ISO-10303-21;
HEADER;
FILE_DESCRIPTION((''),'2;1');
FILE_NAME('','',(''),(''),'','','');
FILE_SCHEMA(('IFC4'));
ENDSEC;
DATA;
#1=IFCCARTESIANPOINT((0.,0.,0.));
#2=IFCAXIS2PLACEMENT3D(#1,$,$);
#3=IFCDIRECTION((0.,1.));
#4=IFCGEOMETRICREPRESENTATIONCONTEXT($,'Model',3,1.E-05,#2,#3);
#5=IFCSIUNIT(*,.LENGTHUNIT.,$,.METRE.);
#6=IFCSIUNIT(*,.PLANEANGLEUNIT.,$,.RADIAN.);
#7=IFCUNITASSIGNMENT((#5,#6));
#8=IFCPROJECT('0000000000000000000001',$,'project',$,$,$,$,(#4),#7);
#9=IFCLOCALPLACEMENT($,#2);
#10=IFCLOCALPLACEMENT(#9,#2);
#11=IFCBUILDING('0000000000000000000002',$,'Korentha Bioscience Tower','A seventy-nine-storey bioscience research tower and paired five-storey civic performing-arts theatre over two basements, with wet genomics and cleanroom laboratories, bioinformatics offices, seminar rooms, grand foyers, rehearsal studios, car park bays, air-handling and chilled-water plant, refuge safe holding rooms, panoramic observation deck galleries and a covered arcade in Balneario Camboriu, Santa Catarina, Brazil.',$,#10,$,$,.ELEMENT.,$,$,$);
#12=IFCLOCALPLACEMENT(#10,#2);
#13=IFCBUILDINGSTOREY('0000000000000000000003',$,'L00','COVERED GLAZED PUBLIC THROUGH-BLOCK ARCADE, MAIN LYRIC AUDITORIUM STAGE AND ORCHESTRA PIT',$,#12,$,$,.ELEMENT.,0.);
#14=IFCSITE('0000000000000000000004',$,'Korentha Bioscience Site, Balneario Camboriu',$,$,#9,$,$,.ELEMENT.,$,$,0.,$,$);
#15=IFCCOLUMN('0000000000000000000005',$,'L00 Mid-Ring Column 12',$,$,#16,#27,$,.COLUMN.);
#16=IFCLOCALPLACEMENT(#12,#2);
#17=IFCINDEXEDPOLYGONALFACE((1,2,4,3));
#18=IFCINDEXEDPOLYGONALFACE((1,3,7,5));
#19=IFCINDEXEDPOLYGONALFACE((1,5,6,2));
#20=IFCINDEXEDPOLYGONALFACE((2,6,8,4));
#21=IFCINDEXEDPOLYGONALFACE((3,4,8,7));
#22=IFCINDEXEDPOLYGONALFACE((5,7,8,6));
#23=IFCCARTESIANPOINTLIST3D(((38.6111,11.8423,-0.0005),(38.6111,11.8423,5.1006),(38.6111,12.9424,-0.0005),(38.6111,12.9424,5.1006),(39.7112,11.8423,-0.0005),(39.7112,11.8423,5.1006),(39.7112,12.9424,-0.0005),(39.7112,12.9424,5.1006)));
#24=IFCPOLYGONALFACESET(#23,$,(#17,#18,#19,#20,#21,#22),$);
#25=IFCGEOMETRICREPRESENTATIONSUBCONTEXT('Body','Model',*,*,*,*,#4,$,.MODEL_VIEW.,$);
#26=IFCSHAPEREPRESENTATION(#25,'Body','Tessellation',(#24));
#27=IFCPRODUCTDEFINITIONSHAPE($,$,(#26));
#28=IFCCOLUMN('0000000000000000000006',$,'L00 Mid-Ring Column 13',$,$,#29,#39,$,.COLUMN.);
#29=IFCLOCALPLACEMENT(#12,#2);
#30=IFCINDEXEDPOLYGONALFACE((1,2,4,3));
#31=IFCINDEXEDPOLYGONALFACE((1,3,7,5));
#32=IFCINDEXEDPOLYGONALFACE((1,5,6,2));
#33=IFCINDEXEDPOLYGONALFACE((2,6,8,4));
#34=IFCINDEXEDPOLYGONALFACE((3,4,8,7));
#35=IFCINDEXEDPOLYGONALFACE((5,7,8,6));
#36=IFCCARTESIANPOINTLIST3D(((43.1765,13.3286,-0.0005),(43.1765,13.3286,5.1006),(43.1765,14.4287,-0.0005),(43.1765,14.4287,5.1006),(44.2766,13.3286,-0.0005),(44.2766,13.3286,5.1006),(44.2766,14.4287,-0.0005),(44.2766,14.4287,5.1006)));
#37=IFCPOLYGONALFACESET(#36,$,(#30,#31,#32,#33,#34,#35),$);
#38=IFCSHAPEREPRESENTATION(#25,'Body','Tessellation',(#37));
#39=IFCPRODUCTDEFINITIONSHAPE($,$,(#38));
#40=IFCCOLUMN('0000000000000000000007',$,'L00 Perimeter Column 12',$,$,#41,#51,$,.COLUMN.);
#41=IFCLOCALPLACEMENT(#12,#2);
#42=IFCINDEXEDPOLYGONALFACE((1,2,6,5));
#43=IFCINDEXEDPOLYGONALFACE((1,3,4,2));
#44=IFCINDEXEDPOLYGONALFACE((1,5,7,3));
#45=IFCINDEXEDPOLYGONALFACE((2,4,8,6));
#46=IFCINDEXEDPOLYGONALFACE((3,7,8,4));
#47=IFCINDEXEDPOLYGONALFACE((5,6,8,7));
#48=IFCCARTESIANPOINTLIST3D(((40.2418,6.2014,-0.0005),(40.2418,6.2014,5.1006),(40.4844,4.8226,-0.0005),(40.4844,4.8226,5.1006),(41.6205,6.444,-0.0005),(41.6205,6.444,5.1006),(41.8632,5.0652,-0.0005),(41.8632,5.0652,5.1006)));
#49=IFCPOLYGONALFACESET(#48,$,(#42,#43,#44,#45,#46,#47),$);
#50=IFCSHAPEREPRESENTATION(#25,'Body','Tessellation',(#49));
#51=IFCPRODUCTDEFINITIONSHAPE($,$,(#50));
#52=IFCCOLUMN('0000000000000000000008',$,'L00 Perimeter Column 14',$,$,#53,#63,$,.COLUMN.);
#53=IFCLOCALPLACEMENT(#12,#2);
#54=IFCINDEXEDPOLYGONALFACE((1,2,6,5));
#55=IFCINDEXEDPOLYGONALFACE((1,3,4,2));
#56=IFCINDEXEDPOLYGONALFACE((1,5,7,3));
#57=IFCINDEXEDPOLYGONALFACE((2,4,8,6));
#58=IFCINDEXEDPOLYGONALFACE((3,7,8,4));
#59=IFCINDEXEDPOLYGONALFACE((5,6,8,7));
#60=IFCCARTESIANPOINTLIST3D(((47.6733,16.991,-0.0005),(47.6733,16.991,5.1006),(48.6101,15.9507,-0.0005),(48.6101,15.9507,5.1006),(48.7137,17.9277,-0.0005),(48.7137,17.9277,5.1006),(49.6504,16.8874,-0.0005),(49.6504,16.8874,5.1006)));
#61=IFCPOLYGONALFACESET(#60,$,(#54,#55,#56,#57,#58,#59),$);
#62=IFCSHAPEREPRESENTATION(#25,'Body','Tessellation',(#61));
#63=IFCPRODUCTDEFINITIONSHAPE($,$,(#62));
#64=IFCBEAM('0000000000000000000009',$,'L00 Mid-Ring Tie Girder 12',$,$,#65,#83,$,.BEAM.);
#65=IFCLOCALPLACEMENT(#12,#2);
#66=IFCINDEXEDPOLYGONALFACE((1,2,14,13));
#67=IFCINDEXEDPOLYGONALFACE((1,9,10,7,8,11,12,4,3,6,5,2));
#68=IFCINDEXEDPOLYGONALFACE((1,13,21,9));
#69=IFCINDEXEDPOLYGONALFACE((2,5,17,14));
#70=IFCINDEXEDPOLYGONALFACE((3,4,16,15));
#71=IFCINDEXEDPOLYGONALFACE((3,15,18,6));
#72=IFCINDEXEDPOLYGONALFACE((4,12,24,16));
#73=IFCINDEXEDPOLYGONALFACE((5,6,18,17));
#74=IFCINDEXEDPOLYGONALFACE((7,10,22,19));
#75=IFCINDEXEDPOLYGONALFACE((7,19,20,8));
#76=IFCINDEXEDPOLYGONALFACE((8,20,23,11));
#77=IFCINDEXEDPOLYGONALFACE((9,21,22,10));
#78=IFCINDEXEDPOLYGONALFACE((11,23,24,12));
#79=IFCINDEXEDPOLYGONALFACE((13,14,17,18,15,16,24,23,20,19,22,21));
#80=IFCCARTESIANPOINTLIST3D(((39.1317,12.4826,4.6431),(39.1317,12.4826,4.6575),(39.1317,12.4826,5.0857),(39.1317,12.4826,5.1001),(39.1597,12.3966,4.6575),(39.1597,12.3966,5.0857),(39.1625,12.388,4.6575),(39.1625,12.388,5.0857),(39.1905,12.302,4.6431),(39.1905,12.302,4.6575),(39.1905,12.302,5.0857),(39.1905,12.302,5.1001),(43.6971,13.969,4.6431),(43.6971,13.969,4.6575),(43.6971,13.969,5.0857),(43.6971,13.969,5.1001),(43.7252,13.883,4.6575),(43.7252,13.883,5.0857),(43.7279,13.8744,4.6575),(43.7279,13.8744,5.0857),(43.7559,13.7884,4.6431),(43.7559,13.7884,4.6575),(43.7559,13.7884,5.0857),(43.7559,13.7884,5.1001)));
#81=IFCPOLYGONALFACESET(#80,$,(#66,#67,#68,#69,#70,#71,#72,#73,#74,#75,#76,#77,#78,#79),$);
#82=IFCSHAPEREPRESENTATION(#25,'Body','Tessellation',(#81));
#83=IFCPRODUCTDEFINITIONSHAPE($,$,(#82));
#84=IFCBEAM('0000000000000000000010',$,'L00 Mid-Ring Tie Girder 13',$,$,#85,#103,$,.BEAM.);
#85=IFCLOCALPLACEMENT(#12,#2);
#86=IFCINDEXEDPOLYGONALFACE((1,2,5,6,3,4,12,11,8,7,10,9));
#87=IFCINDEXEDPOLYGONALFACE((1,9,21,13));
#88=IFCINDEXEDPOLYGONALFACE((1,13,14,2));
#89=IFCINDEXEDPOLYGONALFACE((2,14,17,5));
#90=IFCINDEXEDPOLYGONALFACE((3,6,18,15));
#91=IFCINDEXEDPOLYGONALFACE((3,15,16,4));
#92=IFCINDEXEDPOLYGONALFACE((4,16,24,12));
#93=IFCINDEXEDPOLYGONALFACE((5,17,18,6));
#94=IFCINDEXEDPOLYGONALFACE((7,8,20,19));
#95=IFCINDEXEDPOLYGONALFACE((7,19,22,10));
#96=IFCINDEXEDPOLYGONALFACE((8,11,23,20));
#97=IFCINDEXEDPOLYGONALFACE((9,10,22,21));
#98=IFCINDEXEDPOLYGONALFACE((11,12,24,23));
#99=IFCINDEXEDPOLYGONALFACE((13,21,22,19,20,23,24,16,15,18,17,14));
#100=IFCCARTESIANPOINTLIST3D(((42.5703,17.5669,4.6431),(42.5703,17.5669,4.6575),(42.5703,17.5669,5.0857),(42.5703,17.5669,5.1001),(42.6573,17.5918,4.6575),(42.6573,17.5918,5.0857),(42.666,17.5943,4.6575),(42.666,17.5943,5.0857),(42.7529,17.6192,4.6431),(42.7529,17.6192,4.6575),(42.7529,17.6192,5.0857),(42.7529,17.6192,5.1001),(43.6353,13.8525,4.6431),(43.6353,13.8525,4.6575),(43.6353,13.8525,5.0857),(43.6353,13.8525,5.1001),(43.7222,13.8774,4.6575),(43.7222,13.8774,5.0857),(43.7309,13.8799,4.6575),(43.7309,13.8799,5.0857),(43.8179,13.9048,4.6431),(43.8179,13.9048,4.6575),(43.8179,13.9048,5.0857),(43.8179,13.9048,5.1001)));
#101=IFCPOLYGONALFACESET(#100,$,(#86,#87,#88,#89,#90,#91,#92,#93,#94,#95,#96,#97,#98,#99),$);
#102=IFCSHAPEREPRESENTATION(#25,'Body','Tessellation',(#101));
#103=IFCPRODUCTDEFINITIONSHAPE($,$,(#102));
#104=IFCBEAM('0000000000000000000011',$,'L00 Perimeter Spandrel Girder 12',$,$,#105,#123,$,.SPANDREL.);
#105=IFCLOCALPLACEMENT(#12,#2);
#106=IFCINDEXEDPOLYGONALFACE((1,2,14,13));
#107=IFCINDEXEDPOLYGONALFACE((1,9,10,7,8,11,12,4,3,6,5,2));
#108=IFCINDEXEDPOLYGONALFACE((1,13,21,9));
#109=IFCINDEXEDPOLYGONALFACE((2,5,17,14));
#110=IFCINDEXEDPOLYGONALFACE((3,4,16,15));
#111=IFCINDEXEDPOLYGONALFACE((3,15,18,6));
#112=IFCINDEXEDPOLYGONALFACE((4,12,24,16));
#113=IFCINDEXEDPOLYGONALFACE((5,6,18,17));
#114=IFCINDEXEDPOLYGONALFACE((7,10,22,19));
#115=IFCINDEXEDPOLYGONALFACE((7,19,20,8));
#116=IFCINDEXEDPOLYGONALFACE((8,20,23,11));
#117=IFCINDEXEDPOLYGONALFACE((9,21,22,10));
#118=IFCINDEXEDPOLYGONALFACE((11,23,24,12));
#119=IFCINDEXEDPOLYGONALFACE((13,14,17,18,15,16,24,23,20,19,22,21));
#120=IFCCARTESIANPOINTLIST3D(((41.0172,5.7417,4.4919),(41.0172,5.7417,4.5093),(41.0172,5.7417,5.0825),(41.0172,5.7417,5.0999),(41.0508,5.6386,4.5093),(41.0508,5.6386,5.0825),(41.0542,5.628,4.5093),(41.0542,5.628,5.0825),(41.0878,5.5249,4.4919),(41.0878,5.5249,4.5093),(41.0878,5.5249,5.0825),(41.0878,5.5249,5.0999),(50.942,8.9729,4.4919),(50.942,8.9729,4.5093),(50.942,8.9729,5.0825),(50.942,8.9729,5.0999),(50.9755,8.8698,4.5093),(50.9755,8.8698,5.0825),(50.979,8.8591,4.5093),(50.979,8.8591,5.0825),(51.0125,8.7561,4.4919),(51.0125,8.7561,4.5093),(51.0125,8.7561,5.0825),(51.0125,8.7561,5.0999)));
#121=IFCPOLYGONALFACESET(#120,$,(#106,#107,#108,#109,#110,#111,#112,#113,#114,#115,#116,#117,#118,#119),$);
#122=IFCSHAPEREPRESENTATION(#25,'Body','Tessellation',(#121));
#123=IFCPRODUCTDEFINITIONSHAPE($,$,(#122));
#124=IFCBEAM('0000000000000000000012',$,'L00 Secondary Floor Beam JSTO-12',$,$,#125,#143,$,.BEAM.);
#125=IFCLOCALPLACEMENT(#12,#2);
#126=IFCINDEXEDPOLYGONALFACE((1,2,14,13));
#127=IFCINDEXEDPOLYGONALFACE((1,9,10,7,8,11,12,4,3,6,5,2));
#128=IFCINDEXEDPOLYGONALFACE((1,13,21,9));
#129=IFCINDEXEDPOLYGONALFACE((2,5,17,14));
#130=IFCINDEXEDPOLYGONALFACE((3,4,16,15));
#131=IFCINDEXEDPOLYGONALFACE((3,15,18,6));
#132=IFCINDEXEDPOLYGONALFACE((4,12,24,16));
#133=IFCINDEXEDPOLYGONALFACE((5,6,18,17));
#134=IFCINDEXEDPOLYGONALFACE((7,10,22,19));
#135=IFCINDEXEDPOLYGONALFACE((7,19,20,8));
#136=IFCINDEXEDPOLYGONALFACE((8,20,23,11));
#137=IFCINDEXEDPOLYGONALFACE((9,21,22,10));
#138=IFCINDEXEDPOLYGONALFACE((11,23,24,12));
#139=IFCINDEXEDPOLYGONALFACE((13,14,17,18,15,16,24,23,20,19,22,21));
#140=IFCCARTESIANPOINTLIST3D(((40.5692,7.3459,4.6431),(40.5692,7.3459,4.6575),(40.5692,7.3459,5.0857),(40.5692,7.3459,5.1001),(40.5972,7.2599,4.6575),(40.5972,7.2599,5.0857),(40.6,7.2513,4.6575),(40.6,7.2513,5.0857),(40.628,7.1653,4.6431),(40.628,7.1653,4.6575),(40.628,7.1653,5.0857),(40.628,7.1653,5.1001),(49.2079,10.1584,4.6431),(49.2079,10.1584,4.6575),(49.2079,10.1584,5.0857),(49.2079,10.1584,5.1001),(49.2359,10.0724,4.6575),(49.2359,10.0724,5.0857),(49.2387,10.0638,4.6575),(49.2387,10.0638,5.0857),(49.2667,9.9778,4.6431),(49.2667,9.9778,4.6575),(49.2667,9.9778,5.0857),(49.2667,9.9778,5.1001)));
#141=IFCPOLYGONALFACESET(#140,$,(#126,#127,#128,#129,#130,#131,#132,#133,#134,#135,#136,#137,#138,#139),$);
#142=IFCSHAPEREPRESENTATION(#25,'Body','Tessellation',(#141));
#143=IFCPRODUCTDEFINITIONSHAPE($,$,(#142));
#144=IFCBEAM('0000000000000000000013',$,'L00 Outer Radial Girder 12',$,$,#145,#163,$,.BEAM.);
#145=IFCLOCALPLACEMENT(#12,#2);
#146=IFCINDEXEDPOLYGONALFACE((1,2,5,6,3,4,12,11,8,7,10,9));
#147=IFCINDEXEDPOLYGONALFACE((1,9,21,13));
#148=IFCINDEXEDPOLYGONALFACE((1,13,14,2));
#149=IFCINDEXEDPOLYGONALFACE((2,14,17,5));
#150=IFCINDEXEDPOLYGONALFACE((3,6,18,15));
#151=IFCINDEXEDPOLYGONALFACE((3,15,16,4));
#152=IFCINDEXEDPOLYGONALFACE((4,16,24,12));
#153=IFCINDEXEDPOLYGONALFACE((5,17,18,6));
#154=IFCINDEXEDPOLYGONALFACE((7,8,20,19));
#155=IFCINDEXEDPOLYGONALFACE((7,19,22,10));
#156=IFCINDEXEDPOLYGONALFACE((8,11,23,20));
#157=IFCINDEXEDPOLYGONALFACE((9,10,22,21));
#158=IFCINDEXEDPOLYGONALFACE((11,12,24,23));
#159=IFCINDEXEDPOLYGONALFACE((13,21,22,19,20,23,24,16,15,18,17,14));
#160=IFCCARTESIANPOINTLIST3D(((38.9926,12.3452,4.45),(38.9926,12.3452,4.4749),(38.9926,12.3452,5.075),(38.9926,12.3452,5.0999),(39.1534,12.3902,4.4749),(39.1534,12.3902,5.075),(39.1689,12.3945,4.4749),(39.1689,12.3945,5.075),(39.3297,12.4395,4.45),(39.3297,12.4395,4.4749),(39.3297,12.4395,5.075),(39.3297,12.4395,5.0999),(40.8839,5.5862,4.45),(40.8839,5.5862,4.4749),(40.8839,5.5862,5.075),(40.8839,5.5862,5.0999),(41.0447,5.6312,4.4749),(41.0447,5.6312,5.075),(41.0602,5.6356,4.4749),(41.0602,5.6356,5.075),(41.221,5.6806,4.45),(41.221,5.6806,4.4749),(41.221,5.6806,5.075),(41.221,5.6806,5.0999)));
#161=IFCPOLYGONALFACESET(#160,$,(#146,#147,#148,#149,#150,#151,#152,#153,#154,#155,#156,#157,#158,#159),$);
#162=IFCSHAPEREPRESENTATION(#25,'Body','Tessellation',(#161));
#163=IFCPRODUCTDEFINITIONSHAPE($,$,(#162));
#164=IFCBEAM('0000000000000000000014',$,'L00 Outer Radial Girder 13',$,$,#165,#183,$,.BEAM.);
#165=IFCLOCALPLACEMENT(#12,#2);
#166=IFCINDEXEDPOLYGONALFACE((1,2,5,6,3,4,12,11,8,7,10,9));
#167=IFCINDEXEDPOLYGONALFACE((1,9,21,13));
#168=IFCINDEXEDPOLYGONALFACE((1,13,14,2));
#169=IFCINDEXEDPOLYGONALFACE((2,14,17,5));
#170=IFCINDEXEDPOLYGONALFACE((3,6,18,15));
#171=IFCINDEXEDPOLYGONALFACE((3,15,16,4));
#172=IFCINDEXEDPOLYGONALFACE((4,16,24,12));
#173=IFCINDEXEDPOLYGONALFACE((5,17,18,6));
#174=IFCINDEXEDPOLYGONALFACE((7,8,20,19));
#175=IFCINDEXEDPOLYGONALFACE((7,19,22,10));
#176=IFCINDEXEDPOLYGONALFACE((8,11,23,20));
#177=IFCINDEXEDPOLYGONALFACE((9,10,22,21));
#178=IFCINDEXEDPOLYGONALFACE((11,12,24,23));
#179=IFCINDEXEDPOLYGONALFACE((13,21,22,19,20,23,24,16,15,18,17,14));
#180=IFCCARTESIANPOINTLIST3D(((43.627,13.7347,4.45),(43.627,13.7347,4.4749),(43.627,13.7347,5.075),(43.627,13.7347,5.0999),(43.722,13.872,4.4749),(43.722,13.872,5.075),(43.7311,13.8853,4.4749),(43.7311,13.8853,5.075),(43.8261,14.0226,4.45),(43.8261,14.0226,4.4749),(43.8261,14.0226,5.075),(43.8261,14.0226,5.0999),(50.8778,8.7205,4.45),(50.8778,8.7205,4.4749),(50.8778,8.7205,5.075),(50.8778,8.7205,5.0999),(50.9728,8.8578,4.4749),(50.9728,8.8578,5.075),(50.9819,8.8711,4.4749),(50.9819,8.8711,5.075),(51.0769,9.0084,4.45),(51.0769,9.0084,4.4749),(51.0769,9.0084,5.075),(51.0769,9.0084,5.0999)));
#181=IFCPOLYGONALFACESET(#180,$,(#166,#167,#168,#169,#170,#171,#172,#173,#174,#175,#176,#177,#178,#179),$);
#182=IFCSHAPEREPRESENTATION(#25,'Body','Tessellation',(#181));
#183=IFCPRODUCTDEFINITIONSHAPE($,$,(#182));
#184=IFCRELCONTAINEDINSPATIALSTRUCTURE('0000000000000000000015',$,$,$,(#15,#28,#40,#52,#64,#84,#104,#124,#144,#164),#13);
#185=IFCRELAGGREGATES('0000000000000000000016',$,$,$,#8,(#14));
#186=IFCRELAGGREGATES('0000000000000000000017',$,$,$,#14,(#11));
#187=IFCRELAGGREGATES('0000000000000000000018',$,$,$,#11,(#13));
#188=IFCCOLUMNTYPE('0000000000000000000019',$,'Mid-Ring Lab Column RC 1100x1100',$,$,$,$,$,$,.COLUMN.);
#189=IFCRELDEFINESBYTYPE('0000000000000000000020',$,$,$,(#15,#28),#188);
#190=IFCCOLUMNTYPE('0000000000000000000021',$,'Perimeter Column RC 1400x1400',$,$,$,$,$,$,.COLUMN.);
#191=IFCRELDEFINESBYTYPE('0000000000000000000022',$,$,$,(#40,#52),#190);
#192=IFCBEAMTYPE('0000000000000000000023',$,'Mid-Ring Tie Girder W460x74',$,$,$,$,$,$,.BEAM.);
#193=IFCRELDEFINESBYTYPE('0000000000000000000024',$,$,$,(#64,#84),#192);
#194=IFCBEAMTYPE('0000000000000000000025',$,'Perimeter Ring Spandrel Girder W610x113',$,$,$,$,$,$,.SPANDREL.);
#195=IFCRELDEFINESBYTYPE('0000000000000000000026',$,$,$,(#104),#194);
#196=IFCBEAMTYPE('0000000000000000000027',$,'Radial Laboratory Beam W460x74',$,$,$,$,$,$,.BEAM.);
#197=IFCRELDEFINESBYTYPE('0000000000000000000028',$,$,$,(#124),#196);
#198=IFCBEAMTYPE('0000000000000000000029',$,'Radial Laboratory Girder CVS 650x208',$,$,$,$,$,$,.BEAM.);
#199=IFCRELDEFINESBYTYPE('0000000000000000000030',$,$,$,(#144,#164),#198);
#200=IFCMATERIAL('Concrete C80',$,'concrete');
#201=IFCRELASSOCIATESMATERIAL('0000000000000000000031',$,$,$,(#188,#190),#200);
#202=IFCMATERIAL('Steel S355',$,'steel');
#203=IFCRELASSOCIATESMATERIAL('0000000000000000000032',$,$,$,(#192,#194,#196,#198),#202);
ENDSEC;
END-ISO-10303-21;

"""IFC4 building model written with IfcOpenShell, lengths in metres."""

from ifc_helpers import new_model, si_unit, direction, frame, origin, origin_2d, place, context, subcontext, project, spatial, rectangle, i_section, extrude, material, material_profile, profile_set, type_object, element, save


model = new_model("IFC4")

# Units and contexts
model_context = context("Model", 3, precision=1e-05, world=origin(), true_north=direction((0.0, 1.0)))
body_context = subcontext(model_context, "Body", "Model", "MODEL_VIEW")
ifc_project = project(units=[si_unit("LENGTHUNIT", "METRE"), si_unit("PLANEANGLEUNIT", "RADIAN")], contexts=[model_context])

# Site, building, storey
site_placement = place(None, origin())
site = spatial("IfcSite", under=ifc_project, at=site_placement, Name="Korentha Bioscience Site, Balneario Camboriu", CompositionType="ELEMENT", RefElevation=0.0)
building_placement = place(site_placement, origin())
building = spatial("IfcBuilding", under=site, at=building_placement, Name="Korentha Bioscience Tower", Description="A seventy-nine-storey bioscience research tower and paired five-storey civic performing-arts theatre over two basements, with wet genomics and cleanroom laboratories, bioinformatics offices, seminar rooms, grand foyers, rehearsal studios, car park bays, air-handling and chilled-water plant, refuge safe holding rooms, panoramic observation deck galleries and a covered arcade in Balneario Camboriu, Santa Catarina, Brazil.", CompositionType="ELEMENT")
storey_placement = place(building_placement, origin())
storey = spatial("IfcBuildingStorey", under=building, at=storey_placement, Name="L00", Description="COVERED GLAZED PUBLIC THROUGH-BLOCK ARCADE, MAIN LYRIC AUDITORIUM STAGE AND ORCHESTRA PIT", CompositionType="ELEMENT", Elevation=0.0)

# Columns
ifc_material_1 = material(Name="Concrete C80", Category="concrete")
ifc_material_profile_1 = material_profile(ifc_material_1, rectangle(XDim=1.1001, YDim=1.1001, at=origin_2d()), Name="Concrete C80")
ifc_profile_set_1 = profile_set([ifc_material_profile_1], Name="Concrete C80 (COL-MR11)")
column_type_1 = type_object("IfcColumnType", Name="Mid-Ring Lab Column RC 1100x1100", PredefinedType="COLUMN", material=ifc_profile_set_1)
for number, where, z_axis, x_axis, name in (
    (1, (39.1611, 12.3923, -0.0005), (0.0, 0.0, 1.0), (1.0, 0.0, 0.0), "L00 Mid-Ring Column 12"),
    (2, (43.7266, 13.8787, -0.0005), (0.0, 0.0, 1.0), (1.0, 0.0, 0.0), "L00 Mid-Ring Column 13"),
):
    element("IfcColumn", number, at=place(storey_placement, frame(where, z_axis=z_axis, x_axis=x_axis)), inside=storey, type_object=column_type_1, Name=name, PredefinedType="COLUMN", context=body_context, shape_type="SweptSolid", body=[
        extrude(rectangle(XDim=1.1001, YDim=1.1001, at=origin_2d()), origin(), (0.0, 0.0, 1.0), 5.1011),
    ])
ifc_material_profile_2 = material_profile(ifc_material_1, rectangle(XDim=1.3999, YDim=1.3999, at=origin_2d()), Name="Concrete C80")
ifc_profile_set_2 = profile_set([ifc_material_profile_2], Name="Concrete C80 (COL-P14)")
column_type_2 = type_object("IfcColumnType", Name="Perimeter Column RC 1400x1400", PredefinedType="COLUMN", material=ifc_profile_set_2)
for number, where, z_axis, x_axis, name in (
    (3, (41.0525, 5.6333, -0.0005), (0.0, 0.0, 1.0), (0.984868, 0.173304, 0.0), "L00 Perimeter Column 12"),
    (4, (48.6619, 16.9392, -0.0005), (0.0, 0.0, 1.0), (-0.669131, 0.743145, 0.0), "L00 Perimeter Column 14"),
):
    element("IfcColumn", number, at=place(storey_placement, frame(where, z_axis=z_axis, x_axis=x_axis)), inside=storey, type_object=column_type_2, Name=name, PredefinedType="COLUMN", context=body_context, shape_type="SweptSolid", body=[
        extrude(rectangle(XDim=1.3999, YDim=1.3999, at=origin_2d()), origin(), (0.0, 0.0, 1.0), 5.1011),
    ])

# Beams
ifc_material_2 = material(Name="Steel S355", Category="steel")
ifc_material_profile_3 = material_profile(ifc_material_2, i_section(OverallWidth=0.1899, OverallDepth=0.457, WebThickness=0.009, FlangeThickness=0.0144, at=origin_2d()), Name="Steel S355")
ifc_profile_set_3 = profile_set([ifc_material_profile_3], Name="Steel S355 (MB-460)")
beam_type_1 = type_object("IfcBeamType", Name="Mid-Ring Tie Girder W460x74", PredefinedType="BEAM", material=ifc_profile_set_3)
beam_1_placement = place(storey_placement, frame((39.1611, 12.3923, 4.8716), z_axis=(0.950877, 0.309569, 0.0), x_axis=(-0.309569, 0.950877, 0.0)))
element("IfcBeam", 5, at=beam_1_placement, inside=storey, type_object=beam_type_1, Name="L00 Mid-Ring Tie Girder 12", PredefinedType="BEAM", context=body_context, shape_type="SweptSolid", body=[
    extrude(i_section(OverallWidth=0.1899, OverallDepth=0.457, WebThickness=0.009, FlangeThickness=0.0144, at=origin_2d()), origin(), (0.0, 0.0, 1.0), 4.8013),
])
beam_2_placement = place(storey_placement, frame((43.7266, 13.8787, 4.8716), z_axis=(-0.275606, 0.961271, 0.0), x_axis=(-0.961271, -0.275606, 0.0)))
element("IfcBeam", 6, at=beam_2_placement, inside=storey, type_object=beam_type_1, Name="L00 Mid-Ring Tie Girder 13", PredefinedType="BEAM", context=body_context, shape_type="SweptSolid", body=[
    extrude(i_section(OverallWidth=0.1899, OverallDepth=0.457, WebThickness=0.009, FlangeThickness=0.0144, at=origin_2d()), origin(), (0.0, 0.0, 1.0), 3.864),
])
ifc_material_profile_4 = material_profile(ifc_material_2, i_section(OverallWidth=0.228, OverallDepth=0.6079, WebThickness=0.0112, FlangeThickness=0.0173, at=origin_2d()), Name="Steel S355")
ifc_profile_set_4 = profile_set([ifc_material_profile_4], Name="Steel S355 (SB-610)")
beam_type_2 = type_object("IfcBeamType", Name="Perimeter Ring Spandrel Girder W610x113", PredefinedType="SPANDREL", material=ifc_profile_set_4)
beam_3_placement = place(storey_placement, frame((41.0525, 5.6333, 4.7959), z_axis=(0.950875, 0.309575, 0.0), x_axis=(-0.309575, 0.950875, 0.0)))
element("IfcBeam", 7, at=beam_3_placement, inside=storey, type_object=beam_type_2, Name="L00 Perimeter Spandrel Girder 12", PredefinedType="SPANDREL", context=body_context, shape_type="SweptSolid", body=[
    extrude(i_section(OverallWidth=0.228, OverallDepth=0.6079, WebThickness=0.0112, FlangeThickness=0.0173, at=origin_2d()), origin(), (0.0, 0.0, 1.0), 10.4375),
])
ifc_material_profile_5 = material_profile(ifc_material_2, i_section(OverallWidth=0.1899, OverallDepth=0.457, WebThickness=0.009, FlangeThickness=0.0144, at=origin_2d()), Name="Steel S355")
ifc_profile_set_5 = profile_set([ifc_material_profile_5], Name="Steel S355 (RB-460)")
beam_type_3 = type_object("IfcBeamType", Name="Radial Laboratory Beam W460x74", PredefinedType="BEAM", material=ifc_profile_set_5)
beam_4_placement = place(storey_placement, frame((40.5986, 7.2556, 4.8716), z_axis=(0.950874, 0.309577, 0.0), x_axis=(-0.309577, 0.950874, 0.0)))
element("IfcBeam", 8, at=beam_4_placement, inside=storey, type_object=beam_type_3, Name="L00 Secondary Floor Beam JSTO-12", PredefinedType="BEAM", context=body_context, shape_type="SweptSolid", body=[
    extrude(i_section(OverallWidth=0.1899, OverallDepth=0.457, WebThickness=0.009, FlangeThickness=0.0144, at=origin_2d()), origin(), (0.0, 0.0, 1.0), 9.085),
])
ifc_material_profile_6 = material_profile(ifc_material_2, i_section(OverallWidth=0.3501, OverallDepth=0.6499, WebThickness=0.0161, FlangeThickness=0.0249, at=origin_2d()), Name="Steel S355")
ifc_profile_set_6 = profile_set([ifc_material_profile_6], Name="Steel S355 (RB-650)")
beam_type_4 = type_object("IfcBeamType", Name="Radial Laboratory Girder CVS 650x208", PredefinedType="BEAM", material=ifc_profile_set_6)
beam_5_placement = place(storey_placement, frame((39.1611, 12.3923, 4.7749), z_axis=(0.269475, -0.963007, 0.0), x_axis=(0.963007, 0.269475, 0.0)))
element("IfcBeam", 9, at=beam_5_placement, inside=storey, type_object=beam_type_4, Name="L00 Outer Radial Girder 12", PredefinedType="BEAM", context=body_context, shape_type="SweptSolid", body=[
    extrude(i_section(OverallWidth=0.3501, OverallDepth=0.6499, WebThickness=0.0161, FlangeThickness=0.0249, at=origin_2d()), origin(), (0.0, 0.0, 1.0), 7.0186),
])
beam_6_placement = place(storey_placement, frame((43.7266, 13.8787, 4.7749), z_axis=(0.822488, -0.568782, 0.0), x_axis=(0.568782, 0.822488, 0.0)))
element("IfcBeam", 10, at=beam_6_placement, inside=storey, type_object=beam_type_4, Name="L00 Outer Radial Girder 13", PredefinedType="BEAM", context=body_context, shape_type="SweptSolid", body=[
    extrude(i_section(OverallWidth=0.3501, OverallDepth=0.6499, WebThickness=0.0161, FlangeThickness=0.0249, at=origin_2d()), origin(), (0.0, 0.0, 1.0), 8.8157),
])

save(model, "model.ifc")
